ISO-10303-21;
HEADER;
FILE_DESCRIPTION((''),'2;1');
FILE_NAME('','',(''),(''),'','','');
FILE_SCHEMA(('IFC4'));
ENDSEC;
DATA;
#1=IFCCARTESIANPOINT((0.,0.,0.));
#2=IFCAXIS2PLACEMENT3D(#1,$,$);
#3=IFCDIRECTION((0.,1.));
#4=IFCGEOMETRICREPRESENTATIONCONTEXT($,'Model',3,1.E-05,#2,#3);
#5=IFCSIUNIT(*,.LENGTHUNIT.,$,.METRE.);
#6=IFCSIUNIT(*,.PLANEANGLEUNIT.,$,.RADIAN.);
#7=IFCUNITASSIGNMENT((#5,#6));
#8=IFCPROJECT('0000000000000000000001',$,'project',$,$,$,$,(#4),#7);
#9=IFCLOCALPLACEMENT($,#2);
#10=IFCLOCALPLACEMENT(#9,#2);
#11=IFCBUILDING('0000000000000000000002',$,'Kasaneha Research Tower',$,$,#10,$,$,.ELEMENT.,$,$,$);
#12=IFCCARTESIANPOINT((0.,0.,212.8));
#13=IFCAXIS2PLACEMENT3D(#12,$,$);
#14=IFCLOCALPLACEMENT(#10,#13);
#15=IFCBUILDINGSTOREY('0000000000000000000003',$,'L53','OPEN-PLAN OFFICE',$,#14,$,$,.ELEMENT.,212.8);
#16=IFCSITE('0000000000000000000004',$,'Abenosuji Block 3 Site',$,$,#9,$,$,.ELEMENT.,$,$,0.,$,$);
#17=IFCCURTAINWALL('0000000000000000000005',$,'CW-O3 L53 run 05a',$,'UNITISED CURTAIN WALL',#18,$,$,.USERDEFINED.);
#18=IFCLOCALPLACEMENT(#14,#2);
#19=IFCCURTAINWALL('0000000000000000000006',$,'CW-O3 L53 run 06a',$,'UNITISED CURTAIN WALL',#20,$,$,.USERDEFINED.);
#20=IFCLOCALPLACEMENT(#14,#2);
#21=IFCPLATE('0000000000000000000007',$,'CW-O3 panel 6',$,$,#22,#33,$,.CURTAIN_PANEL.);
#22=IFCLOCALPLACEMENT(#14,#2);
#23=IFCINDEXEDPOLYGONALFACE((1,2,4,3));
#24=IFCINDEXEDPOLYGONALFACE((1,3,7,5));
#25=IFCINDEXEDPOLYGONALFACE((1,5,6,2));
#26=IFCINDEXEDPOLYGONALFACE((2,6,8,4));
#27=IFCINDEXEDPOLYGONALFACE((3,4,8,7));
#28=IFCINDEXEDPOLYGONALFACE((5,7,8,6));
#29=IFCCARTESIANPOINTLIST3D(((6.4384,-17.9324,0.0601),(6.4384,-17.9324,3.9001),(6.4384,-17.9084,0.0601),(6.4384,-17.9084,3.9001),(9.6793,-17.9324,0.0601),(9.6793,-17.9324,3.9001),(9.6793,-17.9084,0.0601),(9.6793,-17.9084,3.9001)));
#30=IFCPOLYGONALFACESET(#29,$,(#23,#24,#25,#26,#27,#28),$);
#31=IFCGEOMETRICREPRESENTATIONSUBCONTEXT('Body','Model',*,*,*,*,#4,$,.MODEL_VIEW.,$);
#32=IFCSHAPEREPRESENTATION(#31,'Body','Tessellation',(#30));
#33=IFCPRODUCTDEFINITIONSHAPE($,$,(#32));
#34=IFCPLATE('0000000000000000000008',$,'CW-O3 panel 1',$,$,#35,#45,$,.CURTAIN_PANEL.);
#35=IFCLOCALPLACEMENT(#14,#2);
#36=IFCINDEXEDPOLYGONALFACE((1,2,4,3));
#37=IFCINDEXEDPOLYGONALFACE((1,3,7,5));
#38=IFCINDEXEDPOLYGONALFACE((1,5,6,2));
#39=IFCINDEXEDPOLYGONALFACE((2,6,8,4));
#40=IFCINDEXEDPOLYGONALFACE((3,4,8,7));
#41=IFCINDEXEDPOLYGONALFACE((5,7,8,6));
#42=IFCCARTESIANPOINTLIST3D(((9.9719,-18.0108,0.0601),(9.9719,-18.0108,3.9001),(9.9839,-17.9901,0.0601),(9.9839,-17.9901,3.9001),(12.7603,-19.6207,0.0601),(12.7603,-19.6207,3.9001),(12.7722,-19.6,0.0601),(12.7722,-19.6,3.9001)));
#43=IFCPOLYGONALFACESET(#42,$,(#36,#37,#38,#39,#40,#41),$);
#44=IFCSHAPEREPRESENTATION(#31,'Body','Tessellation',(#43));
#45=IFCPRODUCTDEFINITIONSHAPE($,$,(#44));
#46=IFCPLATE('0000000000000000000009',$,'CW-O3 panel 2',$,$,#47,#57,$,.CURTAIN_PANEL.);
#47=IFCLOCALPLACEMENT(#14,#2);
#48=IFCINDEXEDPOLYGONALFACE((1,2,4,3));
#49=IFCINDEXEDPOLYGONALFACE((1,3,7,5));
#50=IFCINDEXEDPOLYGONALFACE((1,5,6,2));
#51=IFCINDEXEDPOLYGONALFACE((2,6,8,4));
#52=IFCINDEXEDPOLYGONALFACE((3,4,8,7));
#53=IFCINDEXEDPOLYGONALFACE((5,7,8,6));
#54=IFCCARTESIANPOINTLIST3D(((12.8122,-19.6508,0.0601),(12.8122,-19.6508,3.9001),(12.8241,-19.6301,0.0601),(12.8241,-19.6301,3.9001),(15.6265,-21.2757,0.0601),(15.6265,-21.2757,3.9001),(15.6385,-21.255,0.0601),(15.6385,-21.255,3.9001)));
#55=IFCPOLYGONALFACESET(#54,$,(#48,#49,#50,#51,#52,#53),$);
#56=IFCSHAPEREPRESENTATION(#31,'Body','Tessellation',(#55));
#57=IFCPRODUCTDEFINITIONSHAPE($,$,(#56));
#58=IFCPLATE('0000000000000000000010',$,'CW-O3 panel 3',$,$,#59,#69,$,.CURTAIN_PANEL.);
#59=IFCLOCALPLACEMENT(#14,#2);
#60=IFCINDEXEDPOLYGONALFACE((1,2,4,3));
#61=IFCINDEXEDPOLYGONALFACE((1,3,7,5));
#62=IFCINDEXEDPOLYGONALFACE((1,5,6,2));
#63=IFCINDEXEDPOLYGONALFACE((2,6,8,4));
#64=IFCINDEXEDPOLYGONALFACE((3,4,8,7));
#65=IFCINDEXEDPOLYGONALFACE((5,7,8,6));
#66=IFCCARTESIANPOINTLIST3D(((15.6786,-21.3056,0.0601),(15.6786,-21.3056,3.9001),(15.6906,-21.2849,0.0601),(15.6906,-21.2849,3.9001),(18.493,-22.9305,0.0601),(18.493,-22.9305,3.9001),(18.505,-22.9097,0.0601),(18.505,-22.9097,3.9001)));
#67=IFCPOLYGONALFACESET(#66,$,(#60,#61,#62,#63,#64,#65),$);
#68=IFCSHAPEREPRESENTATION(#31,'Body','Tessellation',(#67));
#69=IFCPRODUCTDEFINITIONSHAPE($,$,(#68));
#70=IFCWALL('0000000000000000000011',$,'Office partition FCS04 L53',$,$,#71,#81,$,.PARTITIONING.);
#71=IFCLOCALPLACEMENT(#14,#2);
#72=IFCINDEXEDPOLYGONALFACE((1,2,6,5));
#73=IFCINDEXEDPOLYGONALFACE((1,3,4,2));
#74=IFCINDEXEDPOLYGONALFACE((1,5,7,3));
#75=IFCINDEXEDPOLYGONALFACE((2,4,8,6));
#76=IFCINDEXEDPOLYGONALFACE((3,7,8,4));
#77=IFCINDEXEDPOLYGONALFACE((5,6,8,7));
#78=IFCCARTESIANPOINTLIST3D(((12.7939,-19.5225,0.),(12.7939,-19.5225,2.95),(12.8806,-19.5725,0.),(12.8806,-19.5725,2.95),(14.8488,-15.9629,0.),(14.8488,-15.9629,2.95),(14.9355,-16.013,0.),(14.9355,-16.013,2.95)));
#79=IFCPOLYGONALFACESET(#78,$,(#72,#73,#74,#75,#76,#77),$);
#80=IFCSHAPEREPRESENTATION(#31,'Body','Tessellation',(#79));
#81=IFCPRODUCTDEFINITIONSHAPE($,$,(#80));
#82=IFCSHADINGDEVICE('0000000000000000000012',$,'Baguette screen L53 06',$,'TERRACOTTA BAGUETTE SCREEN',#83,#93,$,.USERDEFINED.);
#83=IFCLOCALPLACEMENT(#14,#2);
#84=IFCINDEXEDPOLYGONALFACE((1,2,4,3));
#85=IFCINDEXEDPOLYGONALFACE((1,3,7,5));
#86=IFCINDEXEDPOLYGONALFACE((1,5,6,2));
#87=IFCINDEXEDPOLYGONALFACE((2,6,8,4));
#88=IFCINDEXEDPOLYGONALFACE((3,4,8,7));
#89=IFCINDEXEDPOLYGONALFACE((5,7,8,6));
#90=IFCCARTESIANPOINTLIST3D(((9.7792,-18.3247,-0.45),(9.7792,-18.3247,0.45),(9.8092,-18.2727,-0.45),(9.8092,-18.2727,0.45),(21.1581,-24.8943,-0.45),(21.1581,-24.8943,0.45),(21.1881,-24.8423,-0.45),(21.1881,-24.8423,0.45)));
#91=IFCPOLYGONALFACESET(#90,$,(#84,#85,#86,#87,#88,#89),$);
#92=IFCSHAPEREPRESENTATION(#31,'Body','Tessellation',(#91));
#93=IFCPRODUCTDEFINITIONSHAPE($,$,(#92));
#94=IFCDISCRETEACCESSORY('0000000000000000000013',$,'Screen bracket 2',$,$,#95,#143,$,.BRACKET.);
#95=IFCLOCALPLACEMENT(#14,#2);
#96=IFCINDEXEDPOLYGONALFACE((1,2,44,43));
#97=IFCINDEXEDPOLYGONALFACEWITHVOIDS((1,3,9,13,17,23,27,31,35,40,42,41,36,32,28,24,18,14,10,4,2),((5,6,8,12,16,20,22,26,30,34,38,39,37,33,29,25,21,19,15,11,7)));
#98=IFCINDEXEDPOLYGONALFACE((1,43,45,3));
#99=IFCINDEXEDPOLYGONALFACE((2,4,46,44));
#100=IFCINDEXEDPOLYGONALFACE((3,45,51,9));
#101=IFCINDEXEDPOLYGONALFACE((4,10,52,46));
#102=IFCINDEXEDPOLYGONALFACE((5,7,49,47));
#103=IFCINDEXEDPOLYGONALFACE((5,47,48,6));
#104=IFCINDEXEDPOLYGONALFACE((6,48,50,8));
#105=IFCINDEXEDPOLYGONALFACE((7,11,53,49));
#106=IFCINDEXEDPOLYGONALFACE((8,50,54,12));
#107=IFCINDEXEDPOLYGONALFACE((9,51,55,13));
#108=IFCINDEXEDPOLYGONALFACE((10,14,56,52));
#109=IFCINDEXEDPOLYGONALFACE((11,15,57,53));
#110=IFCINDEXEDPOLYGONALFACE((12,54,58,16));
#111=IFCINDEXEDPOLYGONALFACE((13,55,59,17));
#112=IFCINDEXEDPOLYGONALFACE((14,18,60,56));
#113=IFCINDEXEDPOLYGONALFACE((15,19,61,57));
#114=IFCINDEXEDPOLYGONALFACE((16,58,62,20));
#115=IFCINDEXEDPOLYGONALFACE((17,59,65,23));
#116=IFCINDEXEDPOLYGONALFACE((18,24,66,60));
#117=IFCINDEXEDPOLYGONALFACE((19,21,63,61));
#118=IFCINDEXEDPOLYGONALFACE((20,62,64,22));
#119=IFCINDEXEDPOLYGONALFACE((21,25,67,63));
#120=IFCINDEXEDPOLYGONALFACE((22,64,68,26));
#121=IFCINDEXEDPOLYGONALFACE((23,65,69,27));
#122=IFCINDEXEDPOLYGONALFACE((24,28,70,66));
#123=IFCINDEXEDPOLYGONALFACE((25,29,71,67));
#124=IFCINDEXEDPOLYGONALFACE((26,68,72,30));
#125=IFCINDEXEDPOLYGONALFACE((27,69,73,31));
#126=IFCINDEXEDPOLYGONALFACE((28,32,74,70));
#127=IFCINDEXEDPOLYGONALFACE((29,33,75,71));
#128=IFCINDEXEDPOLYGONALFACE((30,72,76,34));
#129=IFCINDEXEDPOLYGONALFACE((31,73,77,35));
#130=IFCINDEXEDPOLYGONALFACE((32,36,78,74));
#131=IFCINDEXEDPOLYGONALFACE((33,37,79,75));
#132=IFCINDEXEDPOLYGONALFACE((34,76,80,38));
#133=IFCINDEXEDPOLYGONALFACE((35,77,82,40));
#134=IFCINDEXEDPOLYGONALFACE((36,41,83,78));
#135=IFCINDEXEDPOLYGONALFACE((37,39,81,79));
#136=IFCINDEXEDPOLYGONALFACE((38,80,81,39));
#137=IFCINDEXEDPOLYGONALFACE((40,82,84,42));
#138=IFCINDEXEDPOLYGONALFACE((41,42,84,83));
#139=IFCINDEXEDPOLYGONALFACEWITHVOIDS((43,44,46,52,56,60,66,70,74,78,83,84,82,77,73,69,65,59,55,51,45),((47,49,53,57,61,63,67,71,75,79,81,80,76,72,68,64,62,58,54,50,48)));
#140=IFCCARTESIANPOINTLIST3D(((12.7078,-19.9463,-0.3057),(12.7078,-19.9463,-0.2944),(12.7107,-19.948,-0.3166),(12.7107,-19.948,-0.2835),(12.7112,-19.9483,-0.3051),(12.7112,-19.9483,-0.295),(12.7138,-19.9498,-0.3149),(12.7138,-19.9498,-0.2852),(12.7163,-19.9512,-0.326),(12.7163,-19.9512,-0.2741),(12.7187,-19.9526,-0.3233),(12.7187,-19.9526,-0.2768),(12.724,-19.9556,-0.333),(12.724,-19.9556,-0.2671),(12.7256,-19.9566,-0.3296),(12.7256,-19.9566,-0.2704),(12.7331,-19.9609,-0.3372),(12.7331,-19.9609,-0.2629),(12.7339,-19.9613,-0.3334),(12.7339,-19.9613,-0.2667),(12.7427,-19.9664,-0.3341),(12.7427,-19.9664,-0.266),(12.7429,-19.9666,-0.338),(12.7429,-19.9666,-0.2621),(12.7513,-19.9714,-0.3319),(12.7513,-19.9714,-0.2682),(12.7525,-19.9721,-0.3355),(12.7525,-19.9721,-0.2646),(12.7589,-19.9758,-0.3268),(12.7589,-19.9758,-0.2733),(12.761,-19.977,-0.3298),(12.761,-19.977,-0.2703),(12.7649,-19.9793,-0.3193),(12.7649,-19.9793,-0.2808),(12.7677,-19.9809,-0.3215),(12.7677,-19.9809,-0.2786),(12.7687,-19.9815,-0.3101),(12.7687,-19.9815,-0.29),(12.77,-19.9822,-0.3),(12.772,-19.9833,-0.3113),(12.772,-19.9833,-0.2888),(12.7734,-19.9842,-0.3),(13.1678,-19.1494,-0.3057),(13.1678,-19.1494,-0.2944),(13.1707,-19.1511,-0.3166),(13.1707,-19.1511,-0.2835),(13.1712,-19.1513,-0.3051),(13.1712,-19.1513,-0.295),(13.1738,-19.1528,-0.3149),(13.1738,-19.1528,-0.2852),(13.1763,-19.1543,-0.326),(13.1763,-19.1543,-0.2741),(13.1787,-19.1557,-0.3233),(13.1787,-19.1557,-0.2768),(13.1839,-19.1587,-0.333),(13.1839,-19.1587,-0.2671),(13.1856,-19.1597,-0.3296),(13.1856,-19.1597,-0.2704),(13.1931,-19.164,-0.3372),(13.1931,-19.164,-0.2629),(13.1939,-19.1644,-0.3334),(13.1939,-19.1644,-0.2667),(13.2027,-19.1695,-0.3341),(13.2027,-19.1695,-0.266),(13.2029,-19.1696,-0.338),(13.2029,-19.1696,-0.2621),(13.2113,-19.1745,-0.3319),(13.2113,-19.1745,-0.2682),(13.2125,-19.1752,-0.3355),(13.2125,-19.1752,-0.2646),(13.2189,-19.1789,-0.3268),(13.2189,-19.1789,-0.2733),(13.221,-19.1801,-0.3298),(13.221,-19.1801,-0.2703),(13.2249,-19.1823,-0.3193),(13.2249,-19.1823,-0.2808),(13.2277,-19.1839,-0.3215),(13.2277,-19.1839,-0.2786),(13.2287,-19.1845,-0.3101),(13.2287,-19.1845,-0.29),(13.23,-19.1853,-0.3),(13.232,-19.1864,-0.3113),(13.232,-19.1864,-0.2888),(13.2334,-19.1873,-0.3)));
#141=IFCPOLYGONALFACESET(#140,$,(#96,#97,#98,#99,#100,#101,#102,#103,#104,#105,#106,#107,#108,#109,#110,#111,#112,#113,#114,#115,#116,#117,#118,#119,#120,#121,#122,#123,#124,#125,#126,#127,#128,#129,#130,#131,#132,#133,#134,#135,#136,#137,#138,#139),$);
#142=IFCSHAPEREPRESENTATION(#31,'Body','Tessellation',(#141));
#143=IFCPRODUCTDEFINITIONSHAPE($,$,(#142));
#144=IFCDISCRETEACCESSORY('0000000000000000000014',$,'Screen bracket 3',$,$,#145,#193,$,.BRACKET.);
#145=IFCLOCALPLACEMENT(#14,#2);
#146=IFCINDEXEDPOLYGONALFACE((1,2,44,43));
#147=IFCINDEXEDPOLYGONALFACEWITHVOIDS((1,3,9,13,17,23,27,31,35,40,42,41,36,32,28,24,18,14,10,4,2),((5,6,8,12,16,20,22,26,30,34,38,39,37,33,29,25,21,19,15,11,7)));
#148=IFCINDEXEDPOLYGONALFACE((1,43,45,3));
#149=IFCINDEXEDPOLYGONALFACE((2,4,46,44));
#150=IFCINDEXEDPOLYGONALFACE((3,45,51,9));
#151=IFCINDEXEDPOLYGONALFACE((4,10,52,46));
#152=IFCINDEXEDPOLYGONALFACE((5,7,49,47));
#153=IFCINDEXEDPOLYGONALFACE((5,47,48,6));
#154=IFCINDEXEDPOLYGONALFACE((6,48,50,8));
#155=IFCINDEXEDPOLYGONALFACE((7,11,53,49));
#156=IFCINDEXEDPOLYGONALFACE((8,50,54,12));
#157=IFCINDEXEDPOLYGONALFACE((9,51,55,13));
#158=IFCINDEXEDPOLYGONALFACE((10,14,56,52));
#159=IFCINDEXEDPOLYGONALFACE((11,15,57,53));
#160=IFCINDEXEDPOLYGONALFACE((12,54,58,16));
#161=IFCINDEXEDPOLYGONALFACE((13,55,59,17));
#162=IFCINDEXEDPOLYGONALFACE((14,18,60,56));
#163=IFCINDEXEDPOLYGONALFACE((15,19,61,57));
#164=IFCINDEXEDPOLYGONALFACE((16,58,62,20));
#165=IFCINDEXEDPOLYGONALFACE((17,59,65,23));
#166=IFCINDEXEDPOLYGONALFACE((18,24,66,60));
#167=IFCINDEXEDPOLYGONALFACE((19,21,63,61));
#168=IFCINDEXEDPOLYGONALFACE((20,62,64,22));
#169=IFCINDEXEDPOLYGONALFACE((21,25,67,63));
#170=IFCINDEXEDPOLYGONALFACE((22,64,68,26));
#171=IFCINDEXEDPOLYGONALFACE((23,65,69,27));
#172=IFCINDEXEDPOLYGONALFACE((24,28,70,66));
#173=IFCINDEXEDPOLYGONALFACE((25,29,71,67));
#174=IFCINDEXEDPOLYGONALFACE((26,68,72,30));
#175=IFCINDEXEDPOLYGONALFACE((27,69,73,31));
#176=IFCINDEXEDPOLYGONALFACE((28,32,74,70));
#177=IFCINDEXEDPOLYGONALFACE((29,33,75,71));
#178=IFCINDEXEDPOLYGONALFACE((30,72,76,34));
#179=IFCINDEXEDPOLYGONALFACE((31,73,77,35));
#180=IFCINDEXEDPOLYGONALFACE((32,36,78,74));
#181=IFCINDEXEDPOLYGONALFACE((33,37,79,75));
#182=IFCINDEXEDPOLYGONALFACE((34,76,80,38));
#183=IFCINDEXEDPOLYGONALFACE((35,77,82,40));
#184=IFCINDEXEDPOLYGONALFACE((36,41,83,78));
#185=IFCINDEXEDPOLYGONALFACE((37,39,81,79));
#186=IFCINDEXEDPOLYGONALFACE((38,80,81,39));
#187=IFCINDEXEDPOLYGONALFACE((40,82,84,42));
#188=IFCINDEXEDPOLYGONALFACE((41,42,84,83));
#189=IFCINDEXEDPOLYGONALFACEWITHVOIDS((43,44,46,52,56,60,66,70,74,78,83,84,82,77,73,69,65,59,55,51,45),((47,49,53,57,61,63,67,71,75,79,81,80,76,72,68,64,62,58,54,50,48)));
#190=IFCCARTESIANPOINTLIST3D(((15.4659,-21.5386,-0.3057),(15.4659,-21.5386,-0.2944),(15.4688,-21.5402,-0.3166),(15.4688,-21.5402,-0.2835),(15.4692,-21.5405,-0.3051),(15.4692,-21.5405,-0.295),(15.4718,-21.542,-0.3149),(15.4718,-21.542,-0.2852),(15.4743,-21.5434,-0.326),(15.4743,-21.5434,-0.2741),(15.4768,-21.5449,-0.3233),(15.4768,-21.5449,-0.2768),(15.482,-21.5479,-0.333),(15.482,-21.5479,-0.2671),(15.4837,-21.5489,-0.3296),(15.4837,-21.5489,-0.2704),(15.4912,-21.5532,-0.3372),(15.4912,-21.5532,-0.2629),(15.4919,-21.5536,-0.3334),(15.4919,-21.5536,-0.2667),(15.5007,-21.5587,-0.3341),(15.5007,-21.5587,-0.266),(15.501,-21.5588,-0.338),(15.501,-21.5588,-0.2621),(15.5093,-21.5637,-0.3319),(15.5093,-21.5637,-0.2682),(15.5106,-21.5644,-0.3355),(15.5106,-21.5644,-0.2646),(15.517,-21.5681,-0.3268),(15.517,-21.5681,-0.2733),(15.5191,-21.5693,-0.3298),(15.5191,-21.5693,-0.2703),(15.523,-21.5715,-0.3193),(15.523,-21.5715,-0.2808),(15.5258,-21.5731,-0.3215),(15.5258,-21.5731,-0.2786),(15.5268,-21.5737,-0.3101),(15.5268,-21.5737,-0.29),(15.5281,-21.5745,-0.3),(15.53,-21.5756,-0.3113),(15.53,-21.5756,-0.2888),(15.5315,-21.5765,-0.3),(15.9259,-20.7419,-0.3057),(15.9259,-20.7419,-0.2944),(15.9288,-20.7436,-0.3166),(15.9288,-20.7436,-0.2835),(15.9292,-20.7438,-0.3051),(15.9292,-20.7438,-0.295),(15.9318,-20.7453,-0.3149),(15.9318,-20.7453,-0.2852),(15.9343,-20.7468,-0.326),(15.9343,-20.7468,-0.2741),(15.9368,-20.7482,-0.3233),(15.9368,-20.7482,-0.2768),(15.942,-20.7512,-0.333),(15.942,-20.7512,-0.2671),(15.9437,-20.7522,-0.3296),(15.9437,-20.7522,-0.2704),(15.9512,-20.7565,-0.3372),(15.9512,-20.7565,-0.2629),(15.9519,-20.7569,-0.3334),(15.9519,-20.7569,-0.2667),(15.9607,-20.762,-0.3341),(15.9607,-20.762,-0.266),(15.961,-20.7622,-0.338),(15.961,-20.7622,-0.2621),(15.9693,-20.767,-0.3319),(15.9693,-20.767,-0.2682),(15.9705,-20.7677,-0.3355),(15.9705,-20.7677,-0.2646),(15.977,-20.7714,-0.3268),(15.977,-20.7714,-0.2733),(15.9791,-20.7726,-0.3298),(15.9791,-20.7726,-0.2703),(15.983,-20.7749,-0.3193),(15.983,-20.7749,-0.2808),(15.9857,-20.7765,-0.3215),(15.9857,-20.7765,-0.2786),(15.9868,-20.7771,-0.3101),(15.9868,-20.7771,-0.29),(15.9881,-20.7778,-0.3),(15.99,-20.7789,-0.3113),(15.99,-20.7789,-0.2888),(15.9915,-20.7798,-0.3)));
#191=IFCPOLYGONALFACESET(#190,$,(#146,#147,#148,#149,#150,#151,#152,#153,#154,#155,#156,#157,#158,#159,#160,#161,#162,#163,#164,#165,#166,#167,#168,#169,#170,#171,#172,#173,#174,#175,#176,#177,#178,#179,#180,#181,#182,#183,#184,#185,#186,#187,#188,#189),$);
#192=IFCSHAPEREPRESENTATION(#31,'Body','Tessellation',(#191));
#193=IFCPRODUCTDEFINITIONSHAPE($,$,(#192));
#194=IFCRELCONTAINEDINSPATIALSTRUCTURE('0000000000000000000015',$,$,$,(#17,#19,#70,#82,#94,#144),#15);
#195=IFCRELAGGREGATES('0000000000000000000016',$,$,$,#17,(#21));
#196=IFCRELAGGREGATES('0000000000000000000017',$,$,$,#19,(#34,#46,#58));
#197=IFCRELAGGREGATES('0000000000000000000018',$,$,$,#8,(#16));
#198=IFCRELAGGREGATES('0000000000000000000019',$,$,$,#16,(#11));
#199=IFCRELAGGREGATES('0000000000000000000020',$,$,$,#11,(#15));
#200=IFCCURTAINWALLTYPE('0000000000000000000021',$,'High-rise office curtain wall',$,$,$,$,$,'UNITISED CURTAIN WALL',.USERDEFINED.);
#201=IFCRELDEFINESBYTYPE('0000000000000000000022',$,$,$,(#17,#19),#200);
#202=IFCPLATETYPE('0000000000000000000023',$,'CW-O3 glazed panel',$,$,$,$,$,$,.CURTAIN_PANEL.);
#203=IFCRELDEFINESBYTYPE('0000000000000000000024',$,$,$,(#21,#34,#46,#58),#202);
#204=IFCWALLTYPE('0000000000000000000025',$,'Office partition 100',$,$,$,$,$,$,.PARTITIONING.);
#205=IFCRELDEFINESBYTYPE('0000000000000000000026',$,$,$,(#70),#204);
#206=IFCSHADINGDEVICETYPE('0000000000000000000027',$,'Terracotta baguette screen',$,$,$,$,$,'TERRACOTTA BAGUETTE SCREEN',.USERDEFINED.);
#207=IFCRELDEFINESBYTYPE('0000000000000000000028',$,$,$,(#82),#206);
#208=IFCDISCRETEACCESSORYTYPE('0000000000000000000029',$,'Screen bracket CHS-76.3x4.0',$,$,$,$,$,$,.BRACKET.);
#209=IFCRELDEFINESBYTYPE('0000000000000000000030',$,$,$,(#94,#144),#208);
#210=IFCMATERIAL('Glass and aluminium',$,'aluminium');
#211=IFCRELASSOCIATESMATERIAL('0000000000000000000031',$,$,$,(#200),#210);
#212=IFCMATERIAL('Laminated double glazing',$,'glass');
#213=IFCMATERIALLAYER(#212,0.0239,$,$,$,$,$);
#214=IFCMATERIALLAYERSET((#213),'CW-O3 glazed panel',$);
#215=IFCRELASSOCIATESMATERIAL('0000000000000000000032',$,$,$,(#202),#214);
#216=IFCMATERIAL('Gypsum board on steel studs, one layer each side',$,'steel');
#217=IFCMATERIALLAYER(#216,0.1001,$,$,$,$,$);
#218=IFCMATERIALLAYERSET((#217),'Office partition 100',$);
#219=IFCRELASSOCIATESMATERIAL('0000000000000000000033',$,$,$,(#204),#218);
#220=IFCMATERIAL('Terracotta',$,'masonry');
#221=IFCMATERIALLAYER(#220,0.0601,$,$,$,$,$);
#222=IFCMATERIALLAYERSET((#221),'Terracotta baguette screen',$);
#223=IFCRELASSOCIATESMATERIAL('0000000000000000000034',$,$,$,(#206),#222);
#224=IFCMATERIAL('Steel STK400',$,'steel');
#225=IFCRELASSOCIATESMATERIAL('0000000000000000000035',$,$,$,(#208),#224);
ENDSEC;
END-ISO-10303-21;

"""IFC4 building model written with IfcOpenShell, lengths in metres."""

from ifc_helpers import new_model, si_unit, direction, frame, frame_2d, origin, origin_2d, place, context, subcontext, project, spatial, rectangle, hollow_circle, extrude, material, layer, layer_set, material_profile, profile_set, type_object, element, aggregate, save


model = new_model("IFC4")

# Units and contexts
model_context = context("Model", 3, precision=1e-05, world=origin(), true_north=direction((0.0, 1.0)))
body_context = subcontext(model_context, "Body", "Model", "MODEL_VIEW")
ifc_project = project(units=[si_unit("LENGTHUNIT", "METRE"), si_unit("PLANEANGLEUNIT", "RADIAN")], contexts=[model_context])

# Site, building, storey
site_placement = place(None, origin())
site = spatial("IfcSite", under=ifc_project, at=site_placement, Name="Abenosuji Block 3 Site", CompositionType="ELEMENT", RefElevation=0.0)
building_placement = place(site_placement, origin())
building = spatial("IfcBuilding", under=site, at=building_placement, Name="Kasaneha Research Tower", CompositionType="ELEMENT")
storey_placement = place(building_placement, frame((0.0, 0.0, 212.8)))
storey = spatial("IfcBuildingStorey", under=building, at=storey_placement, Name="L53", Description="OPEN-PLAN OFFICE", CompositionType="ELEMENT", Elevation=212.8)

# Curtain walls
ifc_material_1 = material(Name="Glass and aluminium", Category="aluminium")
curtain_wall_type = type_object("IfcCurtainWallType", Name="High-rise office curtain wall", ElementType="UNITISED CURTAIN WALL", PredefinedType="USERDEFINED", material=ifc_material_1)
curtain_wall_1_placement = place(storey_placement, origin())
curtain_wall_1 = element("IfcCurtainWall", 1, at=curtain_wall_1_placement, inside=storey, type_object=curtain_wall_type, Name="CW-O3 L53 run 05a", ObjectType="UNITISED CURTAIN WALL", PredefinedType="USERDEFINED")
curtain_wall_2_placement = place(storey_placement, origin())
curtain_wall_2 = element("IfcCurtainWall", 2, at=curtain_wall_2_placement, inside=storey, type_object=curtain_wall_type, Name="CW-O3 L53 run 06a", ObjectType="UNITISED CURTAIN WALL", PredefinedType="USERDEFINED")

# Plates
ifc_material_2 = material(Name="Laminated double glazing", Category="glass")
ifc_layer_1 = layer(ifc_material_2, 0.0239)
ifc_layer_set_1 = layer_set([ifc_layer_1], Name="CW-O3 glazed panel")
plate_type = type_object("IfcPlateType", Name="CW-O3 glazed panel", PredefinedType="CURTAIN_PANEL", material=ifc_layer_set_1)
plate_1_placement = place(storey_placement, frame((8.0588, -17.9204, 0.0601), z_axis=(0.0, 0.0, 1.0), x_axis=(1.0, 0.0, 0.0)))
plate_1 = element("IfcPlate", 3, at=plate_1_placement, type_object=plate_type, Name="CW-O3 panel 6", PredefinedType="CURTAIN_PANEL", context=body_context, shape_type="SweptSolid", body=[
    extrude(rectangle(XDim=3.241, YDim=0.0239, at=origin_2d()), origin(), (0.0, 0.0, 1.0), 3.8401),
])
aggregate(curtain_wall_1, [plate_1])
plate_2_placement = place(storey_placement, frame((11.3721, -18.8054, 0.0601), z_axis=(0.0, 0.0, 1.0), x_axis=(0.866025, -0.5, 0.0)))
plate_2 = element("IfcPlate", 4, at=plate_2_placement, type_object=plate_type, Name="CW-O3 panel 1", PredefinedType="CURTAIN_PANEL", context=body_context, shape_type="SweptSolid", body=[
    extrude(rectangle(XDim=3.2197, YDim=0.0239, at=origin_2d()), origin(), (0.0, 0.0, 1.0), 3.8401),
])
plate_3_placement = place(storey_placement, frame((14.2253, -20.4529, 0.0601), z_axis=(0.0, 0.0, 1.0), x_axis=(0.866025, -0.5, 0.0)))
plate_3 = element("IfcPlate", 5, at=plate_3_placement, type_object=plate_type, Name="CW-O3 panel 2", PredefinedType="CURTAIN_PANEL", context=body_context, shape_type="SweptSolid", body=[
    extrude(rectangle(XDim=3.2498, YDim=0.0239, at=origin_2d()), origin(), (0.0, 0.0, 1.0), 3.8401),
])
plate_4_placement = place(storey_placement, frame((17.0918, -22.1077, 0.0601), z_axis=(0.0, 0.0, 1.0), x_axis=(0.866025, -0.5, 0.0)))
plate_4 = element("IfcPlate", 6, at=plate_4_placement, type_object=plate_type, Name="CW-O3 panel 3", PredefinedType="CURTAIN_PANEL", context=body_context, shape_type="SweptSolid", body=[
    extrude(rectangle(XDim=3.2498, YDim=0.0239, at=origin_2d()), origin(), (0.0, 0.0, 1.0), 3.8401),
])
aggregate(curtain_wall_2, [plate_2, plate_3, plate_4])

# Wall
ifc_material_3 = material(Name="Gypsum board on steel studs, one layer each side", Category="steel")
ifc_layer_2 = layer(ifc_material_3, 0.1001)
ifc_layer_set_2 = layer_set([ifc_layer_2], Name="Office partition 100")
wall_type = type_object("IfcWallType", Name="Office partition 100", PredefinedType="PARTITIONING", material=ifc_layer_set_2)
wall_placement = place(storey_placement, frame((12.8372, -19.5476, 0.0), z_axis=(0.0, 0.0, 1.0), x_axis=(0.499966, 0.866045, 0.0)))
element("IfcWall", 7, at=wall_placement, inside=storey, type_object=wall_type, Name="Office partition FCS04 L53", PredefinedType="PARTITIONING", context=body_context, shape_type="SweptSolid", body=[
    extrude(rectangle(XDim=4.1101, YDim=0.1001, at=frame_2d((2.0552, 0.0))), origin(), (0.0, 0.0, 1.0), 2.95),
])

# Shading device
ifc_material_4 = material(Name="Terracotta", Category="masonry")
ifc_layer_3 = layer(ifc_material_4, 0.0601)
ifc_layer_set_3 = layer_set([ifc_layer_3], Name="Terracotta baguette screen")
shading_device_type = type_object("IfcShadingDeviceType", Name="Terracotta baguette screen", ElementType="TERRACOTTA BAGUETTE SCREEN", PredefinedType="USERDEFINED", material=ifc_layer_set_3)
shading_device_placement = place(storey_placement, frame((15.4836, -21.5835, -0.45), z_axis=(0.0, 0.0, 1.0), x_axis=(0.866025, -0.5, 0.0)))
element("IfcShadingDevice", 8, at=shading_device_placement, inside=storey, type_object=shading_device_type, Name="Baguette screen L53 06", ObjectType="TERRACOTTA BAGUETTE SCREEN", PredefinedType="USERDEFINED", context=body_context, shape_type="SweptSolid", body=[
    extrude(rectangle(XDim=13.1392, YDim=0.0601, at=origin_2d()), origin(), (0.0, 0.0, 1.0), 0.8999),
])

# Discrete accessories
ifc_material_5 = material(Name="Steel STK400", Category="steel")
ifc_material_profile_1 = material_profile(ifc_material_5, hollow_circle(Radius=0.0381, WallThickness=0.0039, at=origin_2d()), Name="CHS-76.3x4.0")
ifc_profile_set_1 = profile_set([ifc_material_profile_1], Name="Steel STK400")
discrete_accessory_type = type_object("IfcDiscreteAccessoryType", Name="Screen bracket CHS-76.3x4.0", PredefinedType="BRACKET", material=ifc_profile_set_1)
discrete_accessory_1_placement = place(storey_placement, frame((13.2004, -19.1682, -0.3), z_axis=(-0.499906, -0.86608, 0.0), x_axis=(0.86608, -0.499906, 0.0)))
element("IfcDiscreteAccessory", 9, at=discrete_accessory_1_placement, inside=storey, type_object=discrete_accessory_type, Name="Screen bracket 2", PredefinedType="BRACKET", context=body_context, shape_type="SweptSolid", body=[
    extrude(hollow_circle(Radius=0.0381, WallThickness=0.0039, at=origin_2d()), origin(), (0.0, 0.0, 1.0), 0.9202),
])
discrete_accessory_2_placement = place(storey_placement, frame((15.9585, -20.7607, -0.3), z_axis=(-0.500021, -0.866013, 0.0), x_axis=(0.866013, -0.500021, 0.0)))
element("IfcDiscreteAccessory", 10, at=discrete_accessory_2_placement, inside=storey, type_object=discrete_accessory_type, Name="Screen bracket 3", PredefinedType="BRACKET", context=body_context, shape_type="SweptSolid", body=[
    extrude(hollow_circle(Radius=0.0381, WallThickness=0.0039, at=origin_2d()), origin(), (0.0, 0.0, 1.0), 0.9199),
])

save(model, "model.ifc")
